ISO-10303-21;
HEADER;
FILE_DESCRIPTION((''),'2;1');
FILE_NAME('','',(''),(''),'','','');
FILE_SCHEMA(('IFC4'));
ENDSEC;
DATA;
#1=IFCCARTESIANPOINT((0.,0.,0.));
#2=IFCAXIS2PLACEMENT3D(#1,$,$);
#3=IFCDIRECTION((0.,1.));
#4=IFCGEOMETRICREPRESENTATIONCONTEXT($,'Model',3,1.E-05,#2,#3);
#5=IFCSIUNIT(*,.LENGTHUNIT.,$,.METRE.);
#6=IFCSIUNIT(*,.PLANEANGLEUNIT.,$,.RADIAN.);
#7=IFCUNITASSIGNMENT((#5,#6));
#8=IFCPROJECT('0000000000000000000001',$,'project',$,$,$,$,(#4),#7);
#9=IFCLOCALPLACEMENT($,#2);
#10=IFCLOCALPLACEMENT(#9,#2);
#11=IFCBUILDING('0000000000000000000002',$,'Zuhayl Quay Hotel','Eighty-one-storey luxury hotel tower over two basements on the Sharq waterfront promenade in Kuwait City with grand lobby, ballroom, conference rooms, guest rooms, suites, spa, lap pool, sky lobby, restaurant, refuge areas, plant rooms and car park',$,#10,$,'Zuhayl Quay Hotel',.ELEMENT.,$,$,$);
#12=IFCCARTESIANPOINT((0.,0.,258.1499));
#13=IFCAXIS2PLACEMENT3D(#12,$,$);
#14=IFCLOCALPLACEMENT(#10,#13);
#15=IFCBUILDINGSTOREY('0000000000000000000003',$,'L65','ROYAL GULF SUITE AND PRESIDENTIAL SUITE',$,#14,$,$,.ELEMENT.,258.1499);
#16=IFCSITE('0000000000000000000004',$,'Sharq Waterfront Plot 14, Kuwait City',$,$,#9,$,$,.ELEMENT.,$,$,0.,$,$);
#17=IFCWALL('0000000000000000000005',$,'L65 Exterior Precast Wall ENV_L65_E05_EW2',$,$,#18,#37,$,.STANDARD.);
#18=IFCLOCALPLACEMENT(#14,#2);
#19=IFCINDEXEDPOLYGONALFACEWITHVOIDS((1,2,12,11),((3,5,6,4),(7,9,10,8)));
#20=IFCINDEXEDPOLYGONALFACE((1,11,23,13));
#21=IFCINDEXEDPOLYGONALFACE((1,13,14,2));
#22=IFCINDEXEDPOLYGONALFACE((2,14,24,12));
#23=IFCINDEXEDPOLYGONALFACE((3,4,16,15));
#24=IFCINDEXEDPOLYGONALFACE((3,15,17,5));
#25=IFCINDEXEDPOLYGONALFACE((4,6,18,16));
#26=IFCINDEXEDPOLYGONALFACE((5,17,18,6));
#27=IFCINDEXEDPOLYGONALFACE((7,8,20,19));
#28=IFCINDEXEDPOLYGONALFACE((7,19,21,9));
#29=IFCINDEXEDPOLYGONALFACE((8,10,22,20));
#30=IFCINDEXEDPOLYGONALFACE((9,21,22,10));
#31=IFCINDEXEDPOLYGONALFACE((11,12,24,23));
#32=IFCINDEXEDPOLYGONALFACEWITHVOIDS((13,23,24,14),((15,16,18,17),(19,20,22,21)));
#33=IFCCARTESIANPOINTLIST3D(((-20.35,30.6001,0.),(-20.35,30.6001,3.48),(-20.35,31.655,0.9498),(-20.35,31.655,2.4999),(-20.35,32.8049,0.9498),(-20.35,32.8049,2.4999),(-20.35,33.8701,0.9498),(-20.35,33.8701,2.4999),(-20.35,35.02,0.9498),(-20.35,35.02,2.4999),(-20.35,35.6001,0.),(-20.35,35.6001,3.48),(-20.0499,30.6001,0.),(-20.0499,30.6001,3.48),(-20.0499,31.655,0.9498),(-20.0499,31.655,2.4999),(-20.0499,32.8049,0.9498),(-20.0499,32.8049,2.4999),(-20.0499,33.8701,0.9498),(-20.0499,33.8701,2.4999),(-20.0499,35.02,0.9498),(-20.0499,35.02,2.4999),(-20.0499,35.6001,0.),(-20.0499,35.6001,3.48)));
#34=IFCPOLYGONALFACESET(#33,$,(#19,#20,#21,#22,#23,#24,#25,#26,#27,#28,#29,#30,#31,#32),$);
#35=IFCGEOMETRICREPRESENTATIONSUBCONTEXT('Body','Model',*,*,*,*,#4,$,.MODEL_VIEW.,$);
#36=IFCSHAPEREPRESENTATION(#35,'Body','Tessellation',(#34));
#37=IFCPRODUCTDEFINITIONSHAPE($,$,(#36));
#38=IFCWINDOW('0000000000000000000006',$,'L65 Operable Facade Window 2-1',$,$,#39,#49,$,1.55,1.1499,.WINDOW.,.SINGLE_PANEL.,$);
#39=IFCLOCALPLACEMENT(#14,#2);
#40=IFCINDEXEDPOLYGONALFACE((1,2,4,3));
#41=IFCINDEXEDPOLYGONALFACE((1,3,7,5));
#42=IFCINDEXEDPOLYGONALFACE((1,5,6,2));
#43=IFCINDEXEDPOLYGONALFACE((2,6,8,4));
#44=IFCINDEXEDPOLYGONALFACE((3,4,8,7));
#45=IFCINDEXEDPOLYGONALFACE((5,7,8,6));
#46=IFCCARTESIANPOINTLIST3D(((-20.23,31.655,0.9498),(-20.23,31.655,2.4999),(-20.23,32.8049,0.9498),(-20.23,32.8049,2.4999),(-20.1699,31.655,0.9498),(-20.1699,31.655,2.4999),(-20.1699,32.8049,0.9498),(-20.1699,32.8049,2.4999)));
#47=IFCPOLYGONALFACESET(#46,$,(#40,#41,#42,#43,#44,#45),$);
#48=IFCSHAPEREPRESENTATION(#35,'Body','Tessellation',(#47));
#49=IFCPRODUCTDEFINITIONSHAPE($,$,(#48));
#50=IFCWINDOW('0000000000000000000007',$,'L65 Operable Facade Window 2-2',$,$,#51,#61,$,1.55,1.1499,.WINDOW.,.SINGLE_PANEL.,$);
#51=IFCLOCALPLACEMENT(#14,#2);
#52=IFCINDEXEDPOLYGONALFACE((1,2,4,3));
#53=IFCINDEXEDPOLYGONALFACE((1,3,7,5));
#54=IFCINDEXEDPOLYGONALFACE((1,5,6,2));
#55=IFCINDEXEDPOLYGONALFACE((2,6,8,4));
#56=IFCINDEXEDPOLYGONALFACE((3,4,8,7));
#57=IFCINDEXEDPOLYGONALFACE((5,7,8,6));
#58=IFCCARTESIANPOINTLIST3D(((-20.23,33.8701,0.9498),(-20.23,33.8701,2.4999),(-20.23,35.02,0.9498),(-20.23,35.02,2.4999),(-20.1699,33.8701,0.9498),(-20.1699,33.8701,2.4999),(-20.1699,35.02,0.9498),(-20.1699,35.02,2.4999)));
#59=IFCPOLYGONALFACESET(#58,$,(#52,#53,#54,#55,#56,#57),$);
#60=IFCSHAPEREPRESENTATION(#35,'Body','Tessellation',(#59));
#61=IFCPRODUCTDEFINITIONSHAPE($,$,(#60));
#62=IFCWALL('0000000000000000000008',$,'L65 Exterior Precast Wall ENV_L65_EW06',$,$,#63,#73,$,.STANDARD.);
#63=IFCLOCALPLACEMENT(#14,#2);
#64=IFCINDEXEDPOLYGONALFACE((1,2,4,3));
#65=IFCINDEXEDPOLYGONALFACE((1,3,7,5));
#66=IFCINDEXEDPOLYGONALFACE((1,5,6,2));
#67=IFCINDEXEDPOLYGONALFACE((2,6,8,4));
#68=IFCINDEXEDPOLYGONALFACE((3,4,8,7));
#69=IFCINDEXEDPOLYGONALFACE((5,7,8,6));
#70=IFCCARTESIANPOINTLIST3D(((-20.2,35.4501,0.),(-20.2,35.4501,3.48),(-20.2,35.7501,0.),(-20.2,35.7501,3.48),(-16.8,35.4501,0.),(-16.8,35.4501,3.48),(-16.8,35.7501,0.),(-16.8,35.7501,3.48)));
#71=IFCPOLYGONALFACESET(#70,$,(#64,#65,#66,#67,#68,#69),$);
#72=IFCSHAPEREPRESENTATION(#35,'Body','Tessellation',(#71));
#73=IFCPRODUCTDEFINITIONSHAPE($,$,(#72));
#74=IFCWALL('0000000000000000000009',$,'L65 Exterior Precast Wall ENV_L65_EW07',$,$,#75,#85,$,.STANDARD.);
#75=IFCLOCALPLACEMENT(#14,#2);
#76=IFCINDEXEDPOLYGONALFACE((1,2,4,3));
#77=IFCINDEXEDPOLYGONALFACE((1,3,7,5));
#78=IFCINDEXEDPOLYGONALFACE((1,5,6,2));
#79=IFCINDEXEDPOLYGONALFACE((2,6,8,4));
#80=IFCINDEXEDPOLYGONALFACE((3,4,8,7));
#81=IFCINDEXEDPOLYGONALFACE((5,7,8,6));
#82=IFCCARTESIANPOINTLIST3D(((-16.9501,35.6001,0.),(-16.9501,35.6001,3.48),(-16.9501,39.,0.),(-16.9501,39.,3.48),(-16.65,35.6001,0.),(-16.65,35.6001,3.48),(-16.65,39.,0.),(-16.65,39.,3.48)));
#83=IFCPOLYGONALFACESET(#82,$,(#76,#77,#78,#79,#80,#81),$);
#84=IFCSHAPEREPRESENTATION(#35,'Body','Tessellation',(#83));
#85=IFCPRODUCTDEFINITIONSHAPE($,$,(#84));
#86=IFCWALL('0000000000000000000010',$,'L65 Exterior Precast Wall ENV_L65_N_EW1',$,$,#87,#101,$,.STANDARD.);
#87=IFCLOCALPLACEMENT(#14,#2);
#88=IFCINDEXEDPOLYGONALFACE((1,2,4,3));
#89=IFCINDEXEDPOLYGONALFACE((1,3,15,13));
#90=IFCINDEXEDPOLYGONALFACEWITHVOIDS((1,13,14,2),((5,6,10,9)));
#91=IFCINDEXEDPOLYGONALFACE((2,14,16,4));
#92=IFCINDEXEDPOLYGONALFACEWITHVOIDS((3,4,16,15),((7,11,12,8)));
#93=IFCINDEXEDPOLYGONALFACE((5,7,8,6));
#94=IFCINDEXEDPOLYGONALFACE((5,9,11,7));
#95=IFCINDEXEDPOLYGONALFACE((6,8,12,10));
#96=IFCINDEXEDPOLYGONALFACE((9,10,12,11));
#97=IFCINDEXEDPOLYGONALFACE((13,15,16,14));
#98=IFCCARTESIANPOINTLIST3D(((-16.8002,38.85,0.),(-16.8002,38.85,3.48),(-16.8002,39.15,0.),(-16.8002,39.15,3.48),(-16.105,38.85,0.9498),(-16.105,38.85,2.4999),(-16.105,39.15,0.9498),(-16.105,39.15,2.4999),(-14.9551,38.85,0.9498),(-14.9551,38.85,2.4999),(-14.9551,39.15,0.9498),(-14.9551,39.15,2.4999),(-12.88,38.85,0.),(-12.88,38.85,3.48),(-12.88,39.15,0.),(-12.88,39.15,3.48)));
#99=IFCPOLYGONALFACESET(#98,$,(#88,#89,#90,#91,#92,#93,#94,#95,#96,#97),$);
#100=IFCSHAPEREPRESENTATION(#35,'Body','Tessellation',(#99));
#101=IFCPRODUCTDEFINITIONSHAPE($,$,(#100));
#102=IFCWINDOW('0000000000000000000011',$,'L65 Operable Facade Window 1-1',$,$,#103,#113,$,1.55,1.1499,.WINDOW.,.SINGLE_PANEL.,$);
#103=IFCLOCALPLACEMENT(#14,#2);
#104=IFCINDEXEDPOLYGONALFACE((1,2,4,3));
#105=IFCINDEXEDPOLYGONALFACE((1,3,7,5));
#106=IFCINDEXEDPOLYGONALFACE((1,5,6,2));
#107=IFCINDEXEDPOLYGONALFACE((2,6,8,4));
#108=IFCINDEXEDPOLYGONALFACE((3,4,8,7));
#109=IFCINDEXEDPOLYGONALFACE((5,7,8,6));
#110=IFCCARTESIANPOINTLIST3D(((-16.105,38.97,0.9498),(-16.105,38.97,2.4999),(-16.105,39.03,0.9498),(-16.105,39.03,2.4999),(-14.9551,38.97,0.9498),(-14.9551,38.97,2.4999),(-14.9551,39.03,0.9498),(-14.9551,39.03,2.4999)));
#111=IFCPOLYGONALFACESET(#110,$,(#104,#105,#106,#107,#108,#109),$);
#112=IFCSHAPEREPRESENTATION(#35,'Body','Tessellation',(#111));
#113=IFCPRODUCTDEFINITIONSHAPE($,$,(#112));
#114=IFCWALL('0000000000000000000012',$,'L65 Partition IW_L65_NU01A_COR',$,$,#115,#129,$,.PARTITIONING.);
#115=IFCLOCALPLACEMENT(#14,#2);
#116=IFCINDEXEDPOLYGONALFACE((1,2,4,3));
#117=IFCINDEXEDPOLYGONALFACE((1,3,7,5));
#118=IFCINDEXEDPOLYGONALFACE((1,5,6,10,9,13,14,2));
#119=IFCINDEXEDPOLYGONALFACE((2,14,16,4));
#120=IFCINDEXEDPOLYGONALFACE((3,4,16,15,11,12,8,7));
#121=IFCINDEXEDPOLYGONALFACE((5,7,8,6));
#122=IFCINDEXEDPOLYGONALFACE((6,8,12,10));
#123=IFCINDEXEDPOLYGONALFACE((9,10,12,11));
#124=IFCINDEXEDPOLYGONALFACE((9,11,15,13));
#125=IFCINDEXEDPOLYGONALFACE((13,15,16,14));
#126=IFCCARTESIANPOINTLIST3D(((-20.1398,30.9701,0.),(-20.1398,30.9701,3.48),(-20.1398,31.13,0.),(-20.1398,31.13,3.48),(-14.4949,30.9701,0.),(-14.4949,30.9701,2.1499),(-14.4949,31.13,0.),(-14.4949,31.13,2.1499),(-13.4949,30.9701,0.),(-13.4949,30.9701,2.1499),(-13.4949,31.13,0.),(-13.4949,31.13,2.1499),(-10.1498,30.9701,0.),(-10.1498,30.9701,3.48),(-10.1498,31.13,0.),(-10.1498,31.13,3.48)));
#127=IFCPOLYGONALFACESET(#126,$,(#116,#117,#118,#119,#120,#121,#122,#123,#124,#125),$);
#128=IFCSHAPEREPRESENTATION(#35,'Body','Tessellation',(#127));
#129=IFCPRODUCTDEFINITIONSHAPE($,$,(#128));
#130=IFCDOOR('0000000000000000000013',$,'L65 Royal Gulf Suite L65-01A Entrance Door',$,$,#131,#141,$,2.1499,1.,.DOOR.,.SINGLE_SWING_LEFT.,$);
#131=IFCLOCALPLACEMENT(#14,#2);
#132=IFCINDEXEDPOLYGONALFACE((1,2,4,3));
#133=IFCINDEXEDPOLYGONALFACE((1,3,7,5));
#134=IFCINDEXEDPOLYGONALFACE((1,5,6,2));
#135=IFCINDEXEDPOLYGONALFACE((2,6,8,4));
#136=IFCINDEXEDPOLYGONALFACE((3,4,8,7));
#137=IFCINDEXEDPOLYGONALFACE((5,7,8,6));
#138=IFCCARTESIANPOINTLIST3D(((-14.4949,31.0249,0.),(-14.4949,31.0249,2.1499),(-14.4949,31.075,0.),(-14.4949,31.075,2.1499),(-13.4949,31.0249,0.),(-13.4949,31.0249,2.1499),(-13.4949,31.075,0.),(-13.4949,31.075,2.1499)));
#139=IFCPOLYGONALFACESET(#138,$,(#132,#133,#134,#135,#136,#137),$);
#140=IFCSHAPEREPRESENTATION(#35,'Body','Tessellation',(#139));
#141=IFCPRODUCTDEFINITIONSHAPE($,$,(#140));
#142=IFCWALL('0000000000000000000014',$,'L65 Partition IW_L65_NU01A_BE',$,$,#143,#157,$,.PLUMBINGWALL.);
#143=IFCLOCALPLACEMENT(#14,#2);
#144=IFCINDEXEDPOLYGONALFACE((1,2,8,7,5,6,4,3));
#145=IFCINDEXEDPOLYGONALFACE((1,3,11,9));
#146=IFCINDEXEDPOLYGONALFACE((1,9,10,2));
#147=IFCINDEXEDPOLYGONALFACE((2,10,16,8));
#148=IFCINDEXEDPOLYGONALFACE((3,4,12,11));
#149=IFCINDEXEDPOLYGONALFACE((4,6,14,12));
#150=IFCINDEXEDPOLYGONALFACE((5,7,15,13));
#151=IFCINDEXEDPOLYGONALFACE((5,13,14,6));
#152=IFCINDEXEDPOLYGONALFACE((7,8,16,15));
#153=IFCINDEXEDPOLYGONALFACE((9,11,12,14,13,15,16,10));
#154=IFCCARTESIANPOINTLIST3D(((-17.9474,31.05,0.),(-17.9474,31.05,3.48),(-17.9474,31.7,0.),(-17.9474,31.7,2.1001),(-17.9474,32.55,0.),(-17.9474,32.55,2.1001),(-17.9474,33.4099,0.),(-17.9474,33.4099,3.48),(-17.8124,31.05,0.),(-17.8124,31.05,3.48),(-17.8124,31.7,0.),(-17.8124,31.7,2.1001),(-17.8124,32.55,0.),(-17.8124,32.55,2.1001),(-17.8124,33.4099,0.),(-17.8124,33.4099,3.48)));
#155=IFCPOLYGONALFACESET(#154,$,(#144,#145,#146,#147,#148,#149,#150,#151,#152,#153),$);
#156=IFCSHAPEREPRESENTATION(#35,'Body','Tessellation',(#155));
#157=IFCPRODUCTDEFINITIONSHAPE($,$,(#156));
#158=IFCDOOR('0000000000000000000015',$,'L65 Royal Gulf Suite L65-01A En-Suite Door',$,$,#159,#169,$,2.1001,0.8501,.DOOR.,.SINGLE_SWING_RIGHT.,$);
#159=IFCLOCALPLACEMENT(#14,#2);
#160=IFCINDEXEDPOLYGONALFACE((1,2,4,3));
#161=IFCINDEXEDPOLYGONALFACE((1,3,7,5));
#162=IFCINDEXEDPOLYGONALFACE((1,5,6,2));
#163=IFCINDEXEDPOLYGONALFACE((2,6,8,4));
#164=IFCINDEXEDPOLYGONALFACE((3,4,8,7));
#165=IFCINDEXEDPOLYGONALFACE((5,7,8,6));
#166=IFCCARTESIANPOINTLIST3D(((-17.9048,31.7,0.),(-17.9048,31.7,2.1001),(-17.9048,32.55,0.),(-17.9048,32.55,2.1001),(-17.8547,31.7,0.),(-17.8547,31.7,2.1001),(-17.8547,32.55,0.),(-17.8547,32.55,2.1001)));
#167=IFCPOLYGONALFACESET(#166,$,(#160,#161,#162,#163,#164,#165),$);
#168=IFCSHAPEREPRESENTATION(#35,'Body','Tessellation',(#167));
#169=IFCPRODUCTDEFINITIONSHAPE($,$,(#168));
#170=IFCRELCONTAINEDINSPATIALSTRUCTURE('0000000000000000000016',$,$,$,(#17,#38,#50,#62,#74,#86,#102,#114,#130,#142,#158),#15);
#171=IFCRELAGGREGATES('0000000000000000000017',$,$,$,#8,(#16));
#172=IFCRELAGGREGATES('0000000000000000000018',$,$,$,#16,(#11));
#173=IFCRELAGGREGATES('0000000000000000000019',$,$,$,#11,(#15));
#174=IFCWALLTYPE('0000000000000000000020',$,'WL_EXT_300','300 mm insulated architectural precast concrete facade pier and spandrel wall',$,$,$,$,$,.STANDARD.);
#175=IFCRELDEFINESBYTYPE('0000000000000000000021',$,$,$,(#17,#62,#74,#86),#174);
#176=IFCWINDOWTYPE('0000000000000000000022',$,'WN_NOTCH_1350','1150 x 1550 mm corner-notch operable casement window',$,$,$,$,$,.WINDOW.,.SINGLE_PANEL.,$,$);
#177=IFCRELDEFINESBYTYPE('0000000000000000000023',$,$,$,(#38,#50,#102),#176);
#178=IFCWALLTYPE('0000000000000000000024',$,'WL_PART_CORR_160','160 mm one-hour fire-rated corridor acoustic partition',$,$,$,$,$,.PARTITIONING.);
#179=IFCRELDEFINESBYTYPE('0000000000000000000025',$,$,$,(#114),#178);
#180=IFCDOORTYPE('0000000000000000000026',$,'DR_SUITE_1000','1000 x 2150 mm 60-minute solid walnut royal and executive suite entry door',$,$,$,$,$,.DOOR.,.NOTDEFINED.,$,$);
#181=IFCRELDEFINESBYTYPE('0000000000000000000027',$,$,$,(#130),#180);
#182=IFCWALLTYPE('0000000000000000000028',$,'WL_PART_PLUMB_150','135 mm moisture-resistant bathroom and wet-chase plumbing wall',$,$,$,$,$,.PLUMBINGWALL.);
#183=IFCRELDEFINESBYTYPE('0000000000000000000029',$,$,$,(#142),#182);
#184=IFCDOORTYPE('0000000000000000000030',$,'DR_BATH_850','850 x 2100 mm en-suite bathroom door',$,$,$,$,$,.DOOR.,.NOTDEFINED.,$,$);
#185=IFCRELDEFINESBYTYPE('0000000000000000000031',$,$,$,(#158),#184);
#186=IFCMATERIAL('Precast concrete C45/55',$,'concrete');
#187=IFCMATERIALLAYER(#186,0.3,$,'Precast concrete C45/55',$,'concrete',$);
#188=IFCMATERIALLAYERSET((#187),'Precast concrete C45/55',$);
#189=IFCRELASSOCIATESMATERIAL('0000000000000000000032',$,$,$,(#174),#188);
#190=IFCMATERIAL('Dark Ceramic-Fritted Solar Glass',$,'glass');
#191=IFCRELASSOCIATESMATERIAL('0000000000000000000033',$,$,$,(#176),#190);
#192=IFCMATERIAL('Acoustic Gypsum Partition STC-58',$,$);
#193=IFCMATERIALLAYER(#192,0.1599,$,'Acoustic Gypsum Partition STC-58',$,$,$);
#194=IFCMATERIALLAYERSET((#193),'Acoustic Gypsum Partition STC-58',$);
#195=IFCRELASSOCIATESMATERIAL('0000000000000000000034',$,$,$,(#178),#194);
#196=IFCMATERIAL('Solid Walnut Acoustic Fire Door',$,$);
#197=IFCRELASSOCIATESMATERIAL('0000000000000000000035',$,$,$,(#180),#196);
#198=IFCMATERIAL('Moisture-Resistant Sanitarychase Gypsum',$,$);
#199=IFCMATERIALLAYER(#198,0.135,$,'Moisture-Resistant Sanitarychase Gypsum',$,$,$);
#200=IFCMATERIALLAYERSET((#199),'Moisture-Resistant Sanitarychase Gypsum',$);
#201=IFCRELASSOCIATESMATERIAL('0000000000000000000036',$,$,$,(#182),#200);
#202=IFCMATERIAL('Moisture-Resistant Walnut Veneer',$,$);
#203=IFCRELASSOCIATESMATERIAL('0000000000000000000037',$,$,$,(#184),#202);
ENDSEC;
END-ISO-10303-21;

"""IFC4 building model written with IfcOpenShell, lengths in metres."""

from ifc_helpers import new_model, si_unit, direction, frame, frame_2d, origin, place, context, subcontext, project, spatial, rectangle, extrude, material, layer, layer_set, type_object, element, fill, save


model = new_model("IFC4")

# Units and contexts
model_context = context("Model", 3, precision=1e-05, world=origin(), true_north=direction((0.0, 1.0)))
body_context = subcontext(model_context, "Body", "Model", "MODEL_VIEW")
ifc_project = project(units=[si_unit("LENGTHUNIT", "METRE"), si_unit("PLANEANGLEUNIT", "RADIAN")], contexts=[model_context])

# Site, building, storey
site_placement = place(None, origin())
site = spatial("IfcSite", under=ifc_project, at=site_placement, Name="Sharq Waterfront Plot 14, Kuwait City", CompositionType="ELEMENT", RefElevation=0.0)
building_placement = place(site_placement, origin())
building = spatial("IfcBuilding", under=site, at=building_placement, Name="Zuhayl Quay Hotel", Description="Eighty-one-storey luxury hotel tower over two basements on the Sharq waterfront promenade in Kuwait City with grand lobby, ballroom, conference rooms, guest rooms, suites, spa, lap pool, sky lobby, restaurant, refuge areas, plant rooms and car park", LongName="Zuhayl Quay Hotel", CompositionType="ELEMENT")
storey_placement = place(building_placement, frame((0.0, 0.0, 258.1499)))
storey = spatial("IfcBuildingStorey", under=building, at=storey_placement, Name="L65", Description="ROYAL GULF SUITE AND PRESIDENTIAL SUITE", CompositionType="ELEMENT", Elevation=258.1499)

# Wall, openings, windows
ifc_material_1 = material(Name="Precast concrete C45/55", Category="concrete")
ifc_layer_1 = layer(ifc_material_1, 0.3, Name="Precast concrete C45/55", Category="concrete")
ifc_layer_set_1 = layer_set([ifc_layer_1], Name="Precast concrete C45/55")
wall_type_1 = type_object("IfcWallType", Name="WL_EXT_300", Description="300 mm insulated architectural precast concrete facade pier and spandrel wall", PredefinedType="STANDARD", material=ifc_layer_set_1)
wall_1_placement = place(storey_placement, frame((-20.2, 30.6001, 0.0), z_axis=(0.0, 0.0, 1.0), x_axis=(0.0, 1.0, 0.0)))
wall_1 = element("IfcWall", 1, at=wall_1_placement, inside=storey, type_object=wall_type_1, Name="L65 Exterior Precast Wall ENV_L65_E05_EW2", PredefinedType="STANDARD", context=body_context, shape_type="SweptSolid", body=[
    extrude(rectangle(XDim=5.0, YDim=0.3, at=frame_2d((2.5, 0.0))), origin(), (0.0, 0.0, 1.0), 3.48),
])
opening_1_placement = place(wall_1_placement, frame((1.0549, 0.0, 0.95)))
opening_1 = element("IfcOpeningElement", 2, at=opening_1_placement, cuts=wall_1, PredefinedType="OPENING", context=body_context, shape_type="SweptSolid", body=[
    extrude(rectangle(XDim=1.1499, YDim=1.55, at=frame_2d((0.575, 0.7749))), frame((0.0, 0.1599, 0.0), z_axis=(0.0, -1.0, 0.0), x_axis=(1.0, 0.0, 0.0)), (0.0, 0.0, 1.0), 0.3201),
])
opening_2_placement = place(wall_1_placement, frame((3.27, 0.0, 0.95)))
opening_2 = element("IfcOpeningElement", 3, at=opening_2_placement, cuts=wall_1, PredefinedType="OPENING", context=body_context, shape_type="SweptSolid", body=[
    extrude(rectangle(XDim=1.1499, YDim=1.55, at=frame_2d((0.575, 0.7749))), frame((0.0, 0.1599, 0.0), z_axis=(0.0, -1.0, 0.0), x_axis=(1.0, 0.0, 0.0)), (0.0, 0.0, 1.0), 0.3201),
])
ifc_material_2 = material(Name="Dark Ceramic-Fritted Solar Glass", Category="glass")
window_type = type_object("IfcWindowType", Name="WN_NOTCH_1350", Description="1150 x 1550 mm corner-notch operable casement window", PartitioningType="SINGLE_PANEL", PredefinedType="WINDOW", material=ifc_material_2)
window_1_placement = place(opening_1_placement, origin())
window_1 = element("IfcWindow", 4, at=window_1_placement, inside=storey, type_object=window_type, Name="L65 Operable Facade Window 2-1", OverallHeight=1.55, OverallWidth=1.1499, PartitioningType="SINGLE_PANEL", PredefinedType="WINDOW", context=body_context, shape_type="SweptSolid", body=[
    extrude(rectangle(XDim=1.1499, YDim=1.55, at=frame_2d((0.575, 0.7749))), frame((0.0, 0.03, 0.0), z_axis=(0.0, -1.0, 0.0), x_axis=(1.0, 0.0, 0.0)), (0.0, 0.0, 1.0), 0.0601),
])
fill(opening_1, window_1)
window_2_placement = place(opening_2_placement, origin())
window_2 = element("IfcWindow", 5, at=window_2_placement, inside=storey, type_object=window_type, Name="L65 Operable Facade Window 2-2", OverallHeight=1.55, OverallWidth=1.1499, PartitioningType="SINGLE_PANEL", PredefinedType="WINDOW", context=body_context, shape_type="SweptSolid", body=[
    extrude(rectangle(XDim=1.1499, YDim=1.55, at=frame_2d((0.575, 0.7749))), frame((0.0, 0.03, 0.0), z_axis=(0.0, -1.0, 0.0), x_axis=(1.0, 0.0, 0.0)), (0.0, 0.0, 1.0), 0.0601),
])
fill(opening_2, window_2)

# Walls
for number, where, z_axis, x_axis, name in (
    (6, (-20.2, 35.6001, 0.0), (0.0, 0.0, 1.0), (1.0, 0.0, 0.0), "L65 Exterior Precast Wall ENV_L65_EW06"),
    (7, (-16.8, 35.6001, 0.0), (0.0, 0.0, 1.0), (0.0, 1.0, 0.0), "L65 Exterior Precast Wall ENV_L65_EW07"),
):
    element("IfcWall", number, at=place(storey_placement, frame(where, z_axis=z_axis, x_axis=x_axis)), inside=storey, type_object=wall_type_1, Name=name, PredefinedType="STANDARD", context=body_context, shape_type="SweptSolid", body=[
        extrude(rectangle(XDim=3.3999, YDim=0.3, at=frame_2d((1.7, 0.0))), origin(), (0.0, 0.0, 1.0), 3.48),
    ])

# Wall, opening, window
wall_2_placement = place(storey_placement, frame((-16.8, 39.0, 0.0), z_axis=(0.0, 0.0, 1.0), x_axis=(1.0, 0.0, 0.0)))
wall_2 = element("IfcWall", 8, at=wall_2_placement, inside=storey, type_object=wall_type_1, Name="L65 Exterior Precast Wall ENV_L65_N_EW1", PredefinedType="STANDARD", context=body_context, shape_type="SweptSolid", body=[
    extrude(rectangle(XDim=3.9202, YDim=0.3, at=frame_2d((1.96, 0.0))), origin(), (0.0, 0.0, 1.0), 3.48),
])
opening_3_placement = place(wall_2_placement, frame((0.6951, 0.0, 0.95)))
opening_3 = element("IfcOpeningElement", 9, at=opening_3_placement, cuts=wall_2, PredefinedType="OPENING", context=body_context, shape_type="SweptSolid", body=[
    extrude(rectangle(XDim=1.1499, YDim=1.55, at=frame_2d((0.575, 0.7749))), frame((0.0, 0.1599, 0.0), z_axis=(0.0, -1.0, 0.0), x_axis=(1.0, 0.0, 0.0)), (0.0, 0.0, 1.0), 0.3201),
])
window_3_placement = place(opening_3_placement, origin())
window_3 = element("IfcWindow", 10, at=window_3_placement, inside=storey, type_object=window_type, Name="L65 Operable Facade Window 1-1", OverallHeight=1.55, OverallWidth=1.1499, PartitioningType="SINGLE_PANEL", PredefinedType="WINDOW", context=body_context, shape_type="SweptSolid", body=[
    extrude(rectangle(XDim=1.1499, YDim=1.55, at=frame_2d((0.575, 0.7749))), frame((0.0, 0.03, 0.0), z_axis=(0.0, -1.0, 0.0), x_axis=(1.0, 0.0, 0.0)), (0.0, 0.0, 1.0), 0.0601),
])
fill(opening_3, window_3)

# Walls, openings, doors
ifc_material_3 = material(Name="Acoustic Gypsum Partition STC-58")
ifc_layer_2 = layer(ifc_material_3, 0.1599, Name="Acoustic Gypsum Partition STC-58")
ifc_layer_set_2 = layer_set([ifc_layer_2], Name="Acoustic Gypsum Partition STC-58")
wall_type_2 = type_object("IfcWallType", Name="WL_PART_CORR_160", Description="160 mm one-hour fire-rated corridor acoustic partition", PredefinedType="PARTITIONING", material=ifc_layer_set_2)
wall_3_placement = place(storey_placement, frame((-20.1399, 31.05, 0.0), z_axis=(0.0, 0.0, 1.0), x_axis=(1.0, 0.0, 0.0)))
wall_3 = element("IfcWall", 11, at=wall_3_placement, inside=storey, type_object=wall_type_2, Name="L65 Partition IW_L65_NU01A_COR", PredefinedType="PARTITIONING", context=body_context, shape_type="SweptSolid", body=[
    extrude(rectangle(XDim=9.99, YDim=0.1599, at=frame_2d((4.9951, 0.0))), origin(), (0.0, 0.0, 1.0), 3.48),
])
opening_4_placement = place(wall_3_placement, frame((5.645, 0.0, 0.0)))
opening_4 = element("IfcOpeningElement", 12, at=opening_4_placement, cuts=wall_3, PredefinedType="OPENING", context=body_context, shape_type="SweptSolid", body=[
    extrude(rectangle(XDim=1.0, YDim=2.1499, at=frame_2d((0.5, 1.075))), frame((0.0, 0.0898, 0.0), z_axis=(0.0, -1.0, 0.0), x_axis=(1.0, 0.0, 0.0)), (0.0, 0.0, 1.0), 0.1799),
])
ifc_material_4 = material(Name="Solid Walnut Acoustic Fire Door")
door_type_1 = type_object("IfcDoorType", Name="DR_SUITE_1000", Description="1000 x 2150 mm 60-minute solid walnut royal and executive suite entry door", OperationType="NOTDEFINED", PredefinedType="DOOR", material=ifc_material_4)
door_1_placement = place(opening_4_placement, origin())
door_1 = element("IfcDoor", 13, at=door_1_placement, inside=storey, type_object=door_type_1, Name="L65 Royal Gulf Suite L65-01A Entrance Door", OperationType="SINGLE_SWING_LEFT", OverallHeight=2.1499, OverallWidth=1.0, PredefinedType="DOOR", context=body_context, shape_type="SweptSolid", body=[
    extrude(rectangle(XDim=1.0, YDim=2.1499, at=frame_2d((0.5, 1.075))), frame((0.0, 0.0249, 0.0), z_axis=(0.0, -1.0, 0.0), x_axis=(1.0, 0.0, 0.0)), (0.0, 0.0, 1.0), 0.05),
])
fill(opening_4, door_1)
ifc_material_5 = material(Name="Moisture-Resistant Sanitarychase Gypsum")
ifc_layer_3 = layer(ifc_material_5, 0.135, Name="Moisture-Resistant Sanitarychase Gypsum")
ifc_layer_set_3 = layer_set([ifc_layer_3], Name="Moisture-Resistant Sanitarychase Gypsum")
wall_type_3 = type_object("IfcWallType", Name="WL_PART_PLUMB_150", Description="135 mm moisture-resistant bathroom and wet-chase plumbing wall", PredefinedType="PLUMBINGWALL", material=ifc_layer_set_3)
wall_4_placement = place(storey_placement, frame((-17.8799, 31.05, 0.0), z_axis=(0.0, 0.0, 1.0), x_axis=(0.0, 1.0, 0.0)))
wall_4 = element("IfcWall", 14, at=wall_4_placement, inside=storey, type_object=wall_type_3, Name="L65 Partition IW_L65_NU01A_BE", PredefinedType="PLUMBINGWALL", context=body_context, shape_type="SweptSolid", body=[
    extrude(rectangle(XDim=2.3599, YDim=0.135, at=frame_2d((1.1799, 0.0))), origin(), (0.0, 0.0, 1.0), 3.48),
])
opening_5_placement = place(wall_4_placement, frame((0.6499, 0.0, 0.0)))
opening_5 = element("IfcOpeningElement", 15, at=opening_5_placement, cuts=wall_4, PredefinedType="OPENING", context=body_context, shape_type="SweptSolid", body=[
    extrude(rectangle(XDim=0.8501, YDim=2.1001, at=frame_2d((0.425, 1.05))), frame((0.0, 0.0774, 0.0), z_axis=(0.0, -1.0, 0.0), x_axis=(1.0, 0.0, 0.0)), (0.0, 0.0, 1.0), 0.155),
])
ifc_material_6 = material(Name="Moisture-Resistant Walnut Veneer")
door_type_2 = type_object("IfcDoorType", Name="DR_BATH_850", Description="850 x 2100 mm en-suite bathroom door", OperationType="NOTDEFINED", PredefinedType="DOOR", material=ifc_material_6)
door_2_placement = place(opening_5_placement, origin())
door_2 = element("IfcDoor", 16, at=door_2_placement, inside=storey, type_object=door_type_2, Name="L65 Royal Gulf Suite L65-01A En-Suite Door", OperationType="SINGLE_SWING_RIGHT", OverallHeight=2.1001, OverallWidth=0.8501, PredefinedType="DOOR", context=body_context, shape_type="SweptSolid", body=[
    extrude(rectangle(XDim=0.8501, YDim=2.1001, at=frame_2d((0.425, 1.05))), frame((0.0, 0.0249, 0.0), z_axis=(0.0, -1.0, 0.0), x_axis=(1.0, 0.0, 0.0)), (0.0, 0.0, 1.0), 0.05),
])
fill(opening_5, door_2)

save(model, "model.ifc")
